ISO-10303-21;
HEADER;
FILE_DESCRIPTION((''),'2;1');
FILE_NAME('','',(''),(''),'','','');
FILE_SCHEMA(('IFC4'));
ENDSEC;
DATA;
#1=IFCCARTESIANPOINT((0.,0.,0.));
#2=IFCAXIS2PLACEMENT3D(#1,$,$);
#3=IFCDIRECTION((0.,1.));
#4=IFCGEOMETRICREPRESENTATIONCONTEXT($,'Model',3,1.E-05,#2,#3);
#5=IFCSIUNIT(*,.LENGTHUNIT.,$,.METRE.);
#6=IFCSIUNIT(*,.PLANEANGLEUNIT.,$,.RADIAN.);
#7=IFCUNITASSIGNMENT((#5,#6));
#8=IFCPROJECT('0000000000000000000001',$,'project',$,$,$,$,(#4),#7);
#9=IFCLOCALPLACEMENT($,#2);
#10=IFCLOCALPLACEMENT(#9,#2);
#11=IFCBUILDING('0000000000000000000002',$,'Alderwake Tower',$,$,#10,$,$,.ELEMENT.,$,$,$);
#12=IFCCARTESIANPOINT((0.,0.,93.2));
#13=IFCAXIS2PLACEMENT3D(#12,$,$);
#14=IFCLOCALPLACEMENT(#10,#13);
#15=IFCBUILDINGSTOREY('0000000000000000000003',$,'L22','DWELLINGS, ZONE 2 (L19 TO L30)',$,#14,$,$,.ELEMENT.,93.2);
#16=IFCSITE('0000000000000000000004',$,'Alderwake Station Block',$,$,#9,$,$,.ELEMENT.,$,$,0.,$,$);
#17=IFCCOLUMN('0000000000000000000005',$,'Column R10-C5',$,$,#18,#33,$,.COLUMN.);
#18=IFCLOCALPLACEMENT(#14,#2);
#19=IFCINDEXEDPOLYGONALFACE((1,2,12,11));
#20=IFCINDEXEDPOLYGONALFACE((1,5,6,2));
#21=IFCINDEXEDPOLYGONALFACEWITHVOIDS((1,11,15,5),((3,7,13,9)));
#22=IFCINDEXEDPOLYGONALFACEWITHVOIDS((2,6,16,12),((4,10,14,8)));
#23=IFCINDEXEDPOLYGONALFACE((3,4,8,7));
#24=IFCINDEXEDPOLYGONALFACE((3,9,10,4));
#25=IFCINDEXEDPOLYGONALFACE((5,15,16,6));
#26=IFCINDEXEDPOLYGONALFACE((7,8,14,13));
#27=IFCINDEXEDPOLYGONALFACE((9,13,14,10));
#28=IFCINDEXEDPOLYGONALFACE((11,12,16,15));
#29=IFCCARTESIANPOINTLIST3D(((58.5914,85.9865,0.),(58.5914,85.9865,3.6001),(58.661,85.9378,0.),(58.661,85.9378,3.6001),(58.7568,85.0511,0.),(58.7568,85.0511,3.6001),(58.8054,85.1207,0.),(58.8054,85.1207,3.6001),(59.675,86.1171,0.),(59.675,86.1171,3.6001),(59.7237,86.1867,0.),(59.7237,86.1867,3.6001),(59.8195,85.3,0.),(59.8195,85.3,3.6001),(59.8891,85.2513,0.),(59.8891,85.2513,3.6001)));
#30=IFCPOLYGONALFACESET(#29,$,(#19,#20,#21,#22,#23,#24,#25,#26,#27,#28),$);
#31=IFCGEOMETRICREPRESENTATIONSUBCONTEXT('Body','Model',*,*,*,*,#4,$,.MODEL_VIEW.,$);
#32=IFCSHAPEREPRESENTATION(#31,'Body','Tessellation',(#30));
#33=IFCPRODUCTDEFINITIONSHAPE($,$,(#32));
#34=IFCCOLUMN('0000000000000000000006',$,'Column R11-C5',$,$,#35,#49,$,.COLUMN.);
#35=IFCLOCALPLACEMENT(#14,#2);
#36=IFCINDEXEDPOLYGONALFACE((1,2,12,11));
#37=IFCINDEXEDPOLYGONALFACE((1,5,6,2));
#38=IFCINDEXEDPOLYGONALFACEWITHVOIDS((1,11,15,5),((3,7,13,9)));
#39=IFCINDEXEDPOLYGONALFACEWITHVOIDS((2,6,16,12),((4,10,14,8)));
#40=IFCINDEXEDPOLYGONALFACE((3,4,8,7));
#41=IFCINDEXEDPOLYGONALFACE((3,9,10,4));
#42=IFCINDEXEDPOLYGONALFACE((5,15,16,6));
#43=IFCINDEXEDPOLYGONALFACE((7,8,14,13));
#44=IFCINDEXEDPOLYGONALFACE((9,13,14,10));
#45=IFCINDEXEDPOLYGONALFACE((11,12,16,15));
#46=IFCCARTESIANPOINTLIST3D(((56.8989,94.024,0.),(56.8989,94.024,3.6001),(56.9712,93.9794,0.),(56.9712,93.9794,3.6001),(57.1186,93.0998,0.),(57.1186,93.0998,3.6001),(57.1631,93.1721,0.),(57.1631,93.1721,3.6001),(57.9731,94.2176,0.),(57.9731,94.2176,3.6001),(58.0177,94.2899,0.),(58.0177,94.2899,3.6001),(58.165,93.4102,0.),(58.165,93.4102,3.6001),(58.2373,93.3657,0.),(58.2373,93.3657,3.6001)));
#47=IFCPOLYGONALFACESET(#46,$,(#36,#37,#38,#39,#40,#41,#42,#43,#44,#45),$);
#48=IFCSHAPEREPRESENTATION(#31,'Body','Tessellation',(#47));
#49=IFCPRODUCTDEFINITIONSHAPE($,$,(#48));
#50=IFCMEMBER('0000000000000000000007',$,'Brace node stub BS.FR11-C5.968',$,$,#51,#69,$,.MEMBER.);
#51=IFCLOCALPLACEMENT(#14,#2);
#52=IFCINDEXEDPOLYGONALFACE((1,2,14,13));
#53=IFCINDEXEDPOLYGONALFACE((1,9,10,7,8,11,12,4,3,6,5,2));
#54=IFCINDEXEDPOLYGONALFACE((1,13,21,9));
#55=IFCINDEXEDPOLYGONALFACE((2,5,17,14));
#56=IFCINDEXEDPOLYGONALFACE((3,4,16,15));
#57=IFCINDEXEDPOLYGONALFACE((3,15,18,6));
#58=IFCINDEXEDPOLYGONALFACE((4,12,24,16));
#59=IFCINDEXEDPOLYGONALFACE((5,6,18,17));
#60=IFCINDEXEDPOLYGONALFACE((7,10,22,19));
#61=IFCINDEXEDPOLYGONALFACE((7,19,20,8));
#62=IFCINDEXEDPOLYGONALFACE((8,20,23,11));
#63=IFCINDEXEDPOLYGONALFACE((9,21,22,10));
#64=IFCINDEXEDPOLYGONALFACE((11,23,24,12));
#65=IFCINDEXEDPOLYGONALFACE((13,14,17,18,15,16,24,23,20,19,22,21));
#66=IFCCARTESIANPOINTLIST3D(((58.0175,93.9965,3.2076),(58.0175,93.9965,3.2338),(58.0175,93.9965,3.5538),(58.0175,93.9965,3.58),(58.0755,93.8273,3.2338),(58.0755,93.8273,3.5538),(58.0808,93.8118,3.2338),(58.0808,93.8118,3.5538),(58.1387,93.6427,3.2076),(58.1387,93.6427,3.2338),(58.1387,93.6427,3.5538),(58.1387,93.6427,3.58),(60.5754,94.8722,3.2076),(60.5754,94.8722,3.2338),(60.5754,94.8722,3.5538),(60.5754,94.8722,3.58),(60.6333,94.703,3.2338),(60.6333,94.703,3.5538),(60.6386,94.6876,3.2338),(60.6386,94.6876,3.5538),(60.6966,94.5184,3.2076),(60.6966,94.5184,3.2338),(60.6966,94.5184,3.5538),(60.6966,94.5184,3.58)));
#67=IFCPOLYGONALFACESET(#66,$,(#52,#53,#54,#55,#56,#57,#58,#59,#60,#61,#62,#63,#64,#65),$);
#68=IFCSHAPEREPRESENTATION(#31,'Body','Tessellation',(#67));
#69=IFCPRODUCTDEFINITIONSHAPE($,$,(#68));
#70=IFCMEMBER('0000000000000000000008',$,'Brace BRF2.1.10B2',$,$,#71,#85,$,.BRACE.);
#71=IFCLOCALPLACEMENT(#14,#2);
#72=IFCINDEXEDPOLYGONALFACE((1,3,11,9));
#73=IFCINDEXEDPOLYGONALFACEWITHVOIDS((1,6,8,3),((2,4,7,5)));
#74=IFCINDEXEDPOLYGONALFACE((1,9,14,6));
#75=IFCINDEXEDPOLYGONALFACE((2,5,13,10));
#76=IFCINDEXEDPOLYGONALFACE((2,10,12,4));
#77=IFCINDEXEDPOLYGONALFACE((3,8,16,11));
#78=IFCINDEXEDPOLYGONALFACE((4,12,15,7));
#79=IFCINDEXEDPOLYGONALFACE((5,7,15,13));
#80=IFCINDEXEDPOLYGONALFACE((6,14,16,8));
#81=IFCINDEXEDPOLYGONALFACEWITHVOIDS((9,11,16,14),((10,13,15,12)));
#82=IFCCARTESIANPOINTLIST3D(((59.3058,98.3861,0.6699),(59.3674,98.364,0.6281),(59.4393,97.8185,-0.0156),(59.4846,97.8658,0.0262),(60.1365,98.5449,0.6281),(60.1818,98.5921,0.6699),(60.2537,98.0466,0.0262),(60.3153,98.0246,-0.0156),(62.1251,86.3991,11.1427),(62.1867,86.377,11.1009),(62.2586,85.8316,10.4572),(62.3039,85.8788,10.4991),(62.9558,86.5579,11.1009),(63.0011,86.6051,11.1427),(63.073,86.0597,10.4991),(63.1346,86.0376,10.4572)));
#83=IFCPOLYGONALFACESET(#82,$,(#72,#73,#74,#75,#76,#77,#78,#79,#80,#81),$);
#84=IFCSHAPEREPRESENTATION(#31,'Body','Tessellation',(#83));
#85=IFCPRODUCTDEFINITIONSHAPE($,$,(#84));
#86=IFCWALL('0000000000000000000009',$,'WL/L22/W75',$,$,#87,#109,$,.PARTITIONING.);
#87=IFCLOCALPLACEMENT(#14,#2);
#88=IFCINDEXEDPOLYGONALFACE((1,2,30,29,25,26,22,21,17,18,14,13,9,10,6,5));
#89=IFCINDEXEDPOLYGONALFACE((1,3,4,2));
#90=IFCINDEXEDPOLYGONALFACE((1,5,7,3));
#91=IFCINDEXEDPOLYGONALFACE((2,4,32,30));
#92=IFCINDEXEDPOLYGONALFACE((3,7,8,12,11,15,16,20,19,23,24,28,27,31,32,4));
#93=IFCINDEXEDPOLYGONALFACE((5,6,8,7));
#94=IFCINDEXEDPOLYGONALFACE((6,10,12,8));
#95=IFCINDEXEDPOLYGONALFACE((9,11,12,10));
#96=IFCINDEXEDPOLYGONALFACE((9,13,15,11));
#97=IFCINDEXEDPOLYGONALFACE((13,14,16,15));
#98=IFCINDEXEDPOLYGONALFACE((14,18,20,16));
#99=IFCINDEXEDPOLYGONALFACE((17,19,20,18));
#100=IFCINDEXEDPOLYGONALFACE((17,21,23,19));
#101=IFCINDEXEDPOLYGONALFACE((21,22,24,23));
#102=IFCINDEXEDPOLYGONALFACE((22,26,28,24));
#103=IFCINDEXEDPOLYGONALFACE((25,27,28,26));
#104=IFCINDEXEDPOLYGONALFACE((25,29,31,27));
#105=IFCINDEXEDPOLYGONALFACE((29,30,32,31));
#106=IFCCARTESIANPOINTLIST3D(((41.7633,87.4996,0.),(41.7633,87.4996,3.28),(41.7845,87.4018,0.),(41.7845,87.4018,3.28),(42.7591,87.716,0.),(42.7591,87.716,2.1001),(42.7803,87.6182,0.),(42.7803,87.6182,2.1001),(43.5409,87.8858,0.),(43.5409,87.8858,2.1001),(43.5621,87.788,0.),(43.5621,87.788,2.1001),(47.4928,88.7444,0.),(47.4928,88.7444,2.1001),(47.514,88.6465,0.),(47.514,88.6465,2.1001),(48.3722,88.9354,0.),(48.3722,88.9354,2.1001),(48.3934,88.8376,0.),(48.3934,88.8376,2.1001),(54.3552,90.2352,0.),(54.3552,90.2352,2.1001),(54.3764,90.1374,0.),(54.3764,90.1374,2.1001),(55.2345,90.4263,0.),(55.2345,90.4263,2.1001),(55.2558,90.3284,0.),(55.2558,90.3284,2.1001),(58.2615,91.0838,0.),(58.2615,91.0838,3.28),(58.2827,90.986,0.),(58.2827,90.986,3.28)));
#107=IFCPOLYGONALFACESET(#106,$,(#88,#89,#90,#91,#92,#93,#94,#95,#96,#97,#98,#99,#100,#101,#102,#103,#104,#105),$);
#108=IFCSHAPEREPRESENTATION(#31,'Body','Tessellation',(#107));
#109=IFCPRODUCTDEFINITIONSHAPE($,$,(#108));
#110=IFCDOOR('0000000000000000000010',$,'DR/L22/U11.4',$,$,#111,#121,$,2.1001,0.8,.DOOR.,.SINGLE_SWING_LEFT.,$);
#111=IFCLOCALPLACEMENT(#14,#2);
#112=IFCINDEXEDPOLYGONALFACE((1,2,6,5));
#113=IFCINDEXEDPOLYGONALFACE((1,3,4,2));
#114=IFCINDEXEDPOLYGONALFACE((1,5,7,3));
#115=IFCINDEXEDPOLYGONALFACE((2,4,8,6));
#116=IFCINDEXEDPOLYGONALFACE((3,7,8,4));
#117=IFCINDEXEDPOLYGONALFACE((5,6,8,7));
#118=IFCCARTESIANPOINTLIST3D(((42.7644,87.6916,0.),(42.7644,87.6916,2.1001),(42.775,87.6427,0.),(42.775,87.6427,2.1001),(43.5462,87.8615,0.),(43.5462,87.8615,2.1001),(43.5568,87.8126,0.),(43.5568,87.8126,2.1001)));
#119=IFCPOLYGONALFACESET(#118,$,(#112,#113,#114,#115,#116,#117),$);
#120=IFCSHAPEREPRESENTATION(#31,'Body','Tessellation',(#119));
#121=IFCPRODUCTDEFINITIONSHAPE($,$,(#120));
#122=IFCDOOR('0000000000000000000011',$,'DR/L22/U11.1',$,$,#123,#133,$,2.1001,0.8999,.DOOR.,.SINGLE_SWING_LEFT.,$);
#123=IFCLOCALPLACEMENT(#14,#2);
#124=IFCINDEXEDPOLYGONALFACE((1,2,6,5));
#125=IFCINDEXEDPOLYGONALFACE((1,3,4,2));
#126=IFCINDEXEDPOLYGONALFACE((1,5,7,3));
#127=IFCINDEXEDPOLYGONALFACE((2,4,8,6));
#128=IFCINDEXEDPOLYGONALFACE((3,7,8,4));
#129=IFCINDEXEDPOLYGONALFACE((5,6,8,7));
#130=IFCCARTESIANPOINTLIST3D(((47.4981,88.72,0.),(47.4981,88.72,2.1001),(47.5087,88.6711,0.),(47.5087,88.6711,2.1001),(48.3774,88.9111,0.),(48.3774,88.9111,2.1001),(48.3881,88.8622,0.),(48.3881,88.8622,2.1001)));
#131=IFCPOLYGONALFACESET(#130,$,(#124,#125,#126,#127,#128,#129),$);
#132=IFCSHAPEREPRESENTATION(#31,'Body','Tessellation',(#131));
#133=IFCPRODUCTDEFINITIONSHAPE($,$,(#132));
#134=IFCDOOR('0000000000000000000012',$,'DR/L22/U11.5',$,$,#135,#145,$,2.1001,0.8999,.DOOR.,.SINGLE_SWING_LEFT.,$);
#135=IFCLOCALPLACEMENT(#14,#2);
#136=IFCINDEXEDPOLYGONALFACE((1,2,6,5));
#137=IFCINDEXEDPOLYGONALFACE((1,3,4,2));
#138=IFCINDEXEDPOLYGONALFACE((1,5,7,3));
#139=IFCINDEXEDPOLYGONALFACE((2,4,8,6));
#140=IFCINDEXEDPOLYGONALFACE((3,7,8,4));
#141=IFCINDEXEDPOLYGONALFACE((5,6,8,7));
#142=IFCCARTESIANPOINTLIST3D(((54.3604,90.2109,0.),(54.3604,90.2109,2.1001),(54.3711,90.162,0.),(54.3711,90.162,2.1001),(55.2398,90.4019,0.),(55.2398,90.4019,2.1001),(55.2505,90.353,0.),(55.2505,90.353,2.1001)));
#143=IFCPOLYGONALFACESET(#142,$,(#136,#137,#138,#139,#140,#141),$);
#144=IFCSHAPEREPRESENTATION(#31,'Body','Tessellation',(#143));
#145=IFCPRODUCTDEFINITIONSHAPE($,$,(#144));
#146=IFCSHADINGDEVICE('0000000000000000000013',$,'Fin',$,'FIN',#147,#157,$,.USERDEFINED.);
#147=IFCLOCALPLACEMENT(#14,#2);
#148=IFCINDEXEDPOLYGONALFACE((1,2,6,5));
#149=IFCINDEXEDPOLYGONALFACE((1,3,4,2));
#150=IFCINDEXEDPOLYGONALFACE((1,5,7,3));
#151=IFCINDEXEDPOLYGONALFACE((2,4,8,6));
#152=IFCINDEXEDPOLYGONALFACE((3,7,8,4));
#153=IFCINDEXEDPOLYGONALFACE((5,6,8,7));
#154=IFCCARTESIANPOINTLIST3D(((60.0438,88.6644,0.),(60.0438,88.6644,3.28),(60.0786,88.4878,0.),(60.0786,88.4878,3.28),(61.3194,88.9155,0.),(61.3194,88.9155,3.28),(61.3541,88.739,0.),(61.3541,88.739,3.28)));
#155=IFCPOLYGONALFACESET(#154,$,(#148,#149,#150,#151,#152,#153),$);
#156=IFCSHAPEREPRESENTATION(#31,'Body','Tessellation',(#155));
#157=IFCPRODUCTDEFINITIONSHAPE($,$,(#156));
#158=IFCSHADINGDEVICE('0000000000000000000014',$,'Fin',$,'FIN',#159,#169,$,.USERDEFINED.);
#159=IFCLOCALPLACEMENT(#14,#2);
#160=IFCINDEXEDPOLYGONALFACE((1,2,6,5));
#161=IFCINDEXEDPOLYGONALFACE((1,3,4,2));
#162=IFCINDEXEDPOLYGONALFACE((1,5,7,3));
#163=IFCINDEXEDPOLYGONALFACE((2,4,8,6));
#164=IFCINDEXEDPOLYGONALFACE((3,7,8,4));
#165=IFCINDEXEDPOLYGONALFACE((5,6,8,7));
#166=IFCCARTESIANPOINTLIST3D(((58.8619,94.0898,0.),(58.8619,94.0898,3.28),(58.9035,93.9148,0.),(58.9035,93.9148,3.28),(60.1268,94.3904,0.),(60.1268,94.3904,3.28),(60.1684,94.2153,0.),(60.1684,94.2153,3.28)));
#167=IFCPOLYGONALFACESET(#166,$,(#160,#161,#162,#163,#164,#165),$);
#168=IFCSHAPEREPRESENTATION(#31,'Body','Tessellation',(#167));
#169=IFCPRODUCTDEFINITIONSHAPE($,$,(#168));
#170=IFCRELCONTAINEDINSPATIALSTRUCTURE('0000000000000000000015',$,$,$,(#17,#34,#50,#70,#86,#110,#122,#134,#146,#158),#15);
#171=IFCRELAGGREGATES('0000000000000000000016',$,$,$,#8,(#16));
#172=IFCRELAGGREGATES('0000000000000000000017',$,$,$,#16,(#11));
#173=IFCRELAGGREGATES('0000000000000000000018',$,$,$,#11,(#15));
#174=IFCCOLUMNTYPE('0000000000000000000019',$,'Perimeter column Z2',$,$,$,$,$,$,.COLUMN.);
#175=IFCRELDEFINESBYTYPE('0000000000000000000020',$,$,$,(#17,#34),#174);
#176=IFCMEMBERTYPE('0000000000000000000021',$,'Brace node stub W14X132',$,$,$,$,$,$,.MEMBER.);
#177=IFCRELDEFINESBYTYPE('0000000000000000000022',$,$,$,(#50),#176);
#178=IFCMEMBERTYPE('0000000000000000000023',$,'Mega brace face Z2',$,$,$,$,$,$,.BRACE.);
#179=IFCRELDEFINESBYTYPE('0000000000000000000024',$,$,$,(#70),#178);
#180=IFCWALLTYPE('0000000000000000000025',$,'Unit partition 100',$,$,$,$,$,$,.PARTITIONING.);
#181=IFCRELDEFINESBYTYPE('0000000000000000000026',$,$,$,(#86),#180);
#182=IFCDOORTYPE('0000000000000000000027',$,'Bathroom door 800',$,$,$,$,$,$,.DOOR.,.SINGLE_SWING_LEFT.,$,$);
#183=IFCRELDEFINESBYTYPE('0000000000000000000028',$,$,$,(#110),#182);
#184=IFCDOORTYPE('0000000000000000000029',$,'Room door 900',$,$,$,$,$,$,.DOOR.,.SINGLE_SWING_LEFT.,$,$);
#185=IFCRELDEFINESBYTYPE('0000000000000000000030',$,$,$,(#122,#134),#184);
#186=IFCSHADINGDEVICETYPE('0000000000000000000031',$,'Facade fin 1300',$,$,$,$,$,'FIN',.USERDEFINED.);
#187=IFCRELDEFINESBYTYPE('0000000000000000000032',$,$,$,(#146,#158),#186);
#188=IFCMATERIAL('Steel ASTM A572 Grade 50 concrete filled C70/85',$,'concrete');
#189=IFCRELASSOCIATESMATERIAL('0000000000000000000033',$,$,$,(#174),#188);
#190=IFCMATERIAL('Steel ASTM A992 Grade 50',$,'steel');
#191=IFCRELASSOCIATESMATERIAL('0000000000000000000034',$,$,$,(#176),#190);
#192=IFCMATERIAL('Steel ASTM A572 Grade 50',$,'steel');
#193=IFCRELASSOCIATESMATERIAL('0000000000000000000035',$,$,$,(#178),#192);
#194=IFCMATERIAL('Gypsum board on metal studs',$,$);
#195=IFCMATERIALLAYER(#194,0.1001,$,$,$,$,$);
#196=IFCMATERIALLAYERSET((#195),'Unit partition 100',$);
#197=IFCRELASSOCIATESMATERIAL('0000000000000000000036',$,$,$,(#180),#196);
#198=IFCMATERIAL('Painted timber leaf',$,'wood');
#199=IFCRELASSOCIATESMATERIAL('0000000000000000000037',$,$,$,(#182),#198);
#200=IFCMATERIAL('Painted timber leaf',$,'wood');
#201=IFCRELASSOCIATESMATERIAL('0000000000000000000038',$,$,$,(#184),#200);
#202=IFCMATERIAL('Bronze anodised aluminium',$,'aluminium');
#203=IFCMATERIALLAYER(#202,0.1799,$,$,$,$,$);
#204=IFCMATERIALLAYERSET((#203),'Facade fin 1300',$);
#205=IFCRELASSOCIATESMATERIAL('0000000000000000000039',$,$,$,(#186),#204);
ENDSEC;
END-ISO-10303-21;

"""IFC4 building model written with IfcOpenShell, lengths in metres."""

from ifc_helpers import new_model, si_unit, direction, frame, frame_2d, origin, origin_2d, place, context, subcontext, project, spatial, rectangle, hollow_rectangle, i_section, extrude, material, layer, layer_set, material_profile, profile_set, type_object, element, fill, save


model = new_model("IFC4")

# Units and contexts
model_context = context("Model", 3, precision=1e-05, world=origin(), true_north=direction((0.0, 1.0)))
body_context = subcontext(model_context, "Body", "Model", "MODEL_VIEW")
ifc_project = project(units=[si_unit("LENGTHUNIT", "METRE"), si_unit("PLANEANGLEUNIT", "RADIAN")], contexts=[model_context])

# Site, building, storey
site_placement = place(None, origin())
site = spatial("IfcSite", under=ifc_project, at=site_placement, Name="Alderwake Station Block", CompositionType="ELEMENT", RefElevation=0.0)
building_placement = place(site_placement, origin())
building = spatial("IfcBuilding", under=site, at=building_placement, Name="Alderwake Tower", CompositionType="ELEMENT")
storey_placement = place(building_placement, frame((0.0, 0.0, 93.2)))
storey = spatial("IfcBuildingStorey", under=building, at=storey_placement, Name="L22", Description="DWELLINGS, ZONE 2 (L19 TO L30)", CompositionType="ELEMENT", Elevation=93.2)

# Columns
ifc_material_1 = material(Name="Steel ASTM A572 Grade 50 concrete filled C70/85", Category="concrete")
ifc_material_profile_1 = material_profile(ifc_material_1, hollow_rectangle(XDim=0.95, YDim=1.1499, WallThickness=0.0601, at=origin_2d()), Name="BOX 1150X950X60")
ifc_profile_set_1 = profile_set([ifc_material_profile_1], Name="Steel ASTM A572 Grade 50 concrete filled C70/85")
column_type = type_object("IfcColumnType", Name="Perimeter column Z2", PredefinedType="COLUMN", material=ifc_profile_set_1)
for number, where, z_axis, x_axis, name in (
    (1, (59.2402, 85.6189, 0.0), (0.0, 0.0, 1.0), (-0.174109, 0.984726, 0.0), "Column R10-C5"),
    (2, (57.5681, 93.6948, 0.0), (0.0, 0.0, 1.0), (-0.231222, 0.972901, 0.0), "Column R11-C5"),
):
    element("IfcColumn", number, at=place(storey_placement, frame(where, z_axis=z_axis, x_axis=x_axis)), inside=storey, type_object=column_type, Name=name, PredefinedType="COLUMN", context=body_context, shape_type="SweptSolid", body=[
        extrude(hollow_rectangle(XDim=0.95, YDim=1.1499, WallThickness=0.0601, at=origin_2d()), origin(), (0.0, 0.0, 1.0), 3.6001),
    ])

# Members
ifc_material_2 = material(Name="Steel ASTM A992 Grade 50", Category="steel")
ifc_material_profile_2 = material_profile(ifc_material_2, i_section(OverallWidth=0.374, OverallDepth=0.3723, WebThickness=0.0164, FlangeThickness=0.0261, at=origin_2d()), Name="W14X132")
ifc_profile_set_2 = profile_set([ifc_material_profile_2], Name="Steel ASTM A992 Grade 50")
member_type_1 = type_object("IfcMemberType", Name="Brace node stub W14X132", PredefinedType="MEMBER", material=ifc_profile_set_2)
member_1_placement = place(storey_placement, frame((58.0781, 93.8196, 3.3938), z_axis=(0.946088, 0.323911, 0.0), x_axis=(-0.323911, 0.946088, 0.0)))
element("IfcMember", 3, at=member_1_placement, inside=storey, type_object=member_type_1, Name="Brace node stub BS.FR11-C5.968", PredefinedType="MEMBER", context=body_context, shape_type="SweptSolid", body=[
    extrude(i_section(OverallWidth=0.374, OverallDepth=0.3723, WebThickness=0.0164, FlangeThickness=0.0261, at=origin_2d()), origin(), (0.0, 0.0, 1.0), 2.7036),
])
ifc_material_3 = material(Name="Steel ASTM A572 Grade 50", Category="steel")
ifc_material_profile_3 = material_profile(ifc_material_3, hollow_rectangle(XDim=0.8999, YDim=0.8999, WallThickness=0.0549, at=origin_2d()), Name="BOX 900X900X55")
ifc_profile_set_3 = profile_set([ifc_material_profile_3], Name="Steel ASTM A572 Grade 50")
member_type_2 = type_object("IfcMemberType", Name="Mega brace face Z2", PredefinedType="BRACE", material=ifc_profile_set_3)
member_2_placement = place(storey_placement, frame((59.8105, 98.2053, 0.3271), z_axis=(0.174406, -0.741526, 0.647859), x_axis=(0.973438, 0.228951, 0.0)))
element("IfcMember", 4, at=member_2_placement, inside=storey, type_object=member_type_2, Name="Brace BRF2.1.10B2", PredefinedType="BRACE", context=body_context, shape_type="SweptSolid", body=[
    extrude(hollow_rectangle(XDim=0.8999, YDim=0.8999, WallThickness=0.0549, at=origin_2d()), origin(), (0.0, 0.0, 1.0), 16.1653),
])

# Wall, openings, doors
ifc_material_4 = material(Name="Gypsum board on metal studs")
ifc_layer_1 = layer(ifc_material_4, 0.1001)
ifc_layer_set_1 = layer_set([ifc_layer_1], Name="Unit partition 100")
wall_type_1 = type_object("IfcWallType", Name="Unit partition 100", PredefinedType="PARTITIONING", material=ifc_layer_set_1)
wall_1_placement = place(storey_placement, frame((58.272, 91.0349, 0.0), z_axis=(0.0, 0.0, 1.0), x_axis=(-0.977205, -0.212296, 0.0)))
wall_1 = element("IfcWall", 5, at=wall_1_placement, inside=storey, type_object=wall_type_1, Name="WL/L22/W75", PredefinedType="PARTITIONING", context=body_context, shape_type="SweptSolid", body=[
    extrude(rectangle(XDim=16.8831, YDim=0.1001, at=frame_2d((8.4414, 0.0))), origin(), (0.0, 0.0, 1.0), 3.28),
])
opening_1_placement = place(wall_1_placement, frame((10.1199, 0.0, 0.0)))
opening_1 = element("IfcOpeningElement", 6, at=opening_1_placement, cuts=wall_1, PredefinedType="OPENING", context=body_context, shape_type="SweptSolid", body=[
    extrude(rectangle(XDim=0.8999, YDim=2.1001, at=frame_2d((0.45, 1.05))), frame((0.0, 0.0601, 0.0), z_axis=(0.0, -1.0, 0.0), x_axis=(1.0, 0.0, 0.0)), (0.0, 0.0, 1.0), 0.1201),
])
opening_2_placement = place(wall_1_placement, frame((15.064, 0.0, 0.0)))
opening_2 = element("IfcOpeningElement", 7, at=opening_2_placement, cuts=wall_1, PredefinedType="OPENING", context=body_context, shape_type="SweptSolid", body=[
    extrude(rectangle(XDim=0.8, YDim=2.1001, at=frame_2d((0.3999, 1.05))), frame((0.0, 0.0601, 0.0), z_axis=(0.0, -1.0, 0.0), x_axis=(1.0, 0.0, 0.0)), (0.0, 0.0, 1.0), 0.1201),
])
opening_3_placement = place(wall_1_placement, frame((3.0974, 0.0, 0.0)))
opening_3 = element("IfcOpeningElement", 8, at=opening_3_placement, cuts=wall_1, PredefinedType="OPENING", context=body_context, shape_type="SweptSolid", body=[
    extrude(rectangle(XDim=0.8999, YDim=2.1001, at=frame_2d((0.45, 1.05))), frame((0.0, 0.0601, 0.0), z_axis=(0.0, -1.0, 0.0), x_axis=(1.0, 0.0, 0.0)), (0.0, 0.0, 1.0), 0.1201),
])
ifc_material_5 = material(Name="Painted timber leaf", Category="wood")
door_type_1 = type_object("IfcDoorType", Name="Bathroom door 800", OperationType="SINGLE_SWING_LEFT", PredefinedType="DOOR", material=ifc_material_5)
door_1_placement = place(opening_2_placement, origin())
door_1 = element("IfcDoor", 9, at=door_1_placement, inside=storey, type_object=door_type_1, Name="DR/L22/U11.4", OperationType="SINGLE_SWING_LEFT", OverallHeight=2.1001, OverallWidth=0.8, PredefinedType="DOOR", context=body_context, shape_type="SweptSolid", body=[
    extrude(rectangle(XDim=0.8, YDim=2.1001, at=frame_2d((0.3999, 1.05))), frame((0.0, 0.0249, 0.0), z_axis=(0.0, -1.0, 0.0), x_axis=(1.0, 0.0, 0.0)), (0.0, 0.0, 1.0), 0.05),
])
fill(opening_2, door_1)
ifc_material_6 = material(Name="Painted timber leaf", Category="wood")
door_type_2 = type_object("IfcDoorType", Name="Room door 900", OperationType="SINGLE_SWING_LEFT", PredefinedType="DOOR", material=ifc_material_6)
door_2_placement = place(opening_1_placement, origin())
door_2 = element("IfcDoor", 10, at=door_2_placement, inside=storey, type_object=door_type_2, Name="DR/L22/U11.1", OperationType="SINGLE_SWING_LEFT", OverallHeight=2.1001, OverallWidth=0.8999, PredefinedType="DOOR", context=body_context, shape_type="SweptSolid", body=[
    extrude(rectangle(XDim=0.8999, YDim=2.1001, at=frame_2d((0.45, 1.05))), frame((0.0, 0.0249, 0.0), z_axis=(0.0, -1.0, 0.0), x_axis=(1.0, 0.0, 0.0)), (0.0, 0.0, 1.0), 0.05),
])
fill(opening_1, door_2)
door_3_placement = place(opening_3_placement, origin())
door_3 = element("IfcDoor", 11, at=door_3_placement, inside=storey, type_object=door_type_2, Name="DR/L22/U11.5", OperationType="SINGLE_SWING_LEFT", OverallHeight=2.1001, OverallWidth=0.8999, PredefinedType="DOOR", context=body_context, shape_type="SweptSolid", body=[
    extrude(rectangle(XDim=0.8999, YDim=2.1001, at=frame_2d((0.45, 1.05))), frame((0.0, 0.0249, 0.0), z_axis=(0.0, -1.0, 0.0), x_axis=(1.0, 0.0, 0.0)), (0.0, 0.0, 1.0), 0.05),
])
fill(opening_3, door_3)

# Shading devices
ifc_material_7 = material(Name="Bronze anodised aluminium", Category="aluminium")
ifc_layer_2 = layer(ifc_material_7, 0.1799)
ifc_layer_set_2 = layer_set([ifc_layer_2], Name="Facade fin 1300")
shading_device_type_1 = type_object("IfcShadingDeviceType", Name="Facade fin 1300", ElementType="FIN", PredefinedType="USERDEFINED", material=ifc_layer_set_2)
for number, where, z_axis, x_axis, name in (
    (12, (60.699, 88.7017, 0.0), (0.0, 0.0, 1.0), (0.981164, 0.193178, 0.0), "Fin"),
    (13, (59.5151, 94.1526, 0.0), (0.0, 0.0, 1.0), (0.972909, 0.231189, 0.0), "Fin"),
):
    element("IfcShadingDevice", number, at=place(storey_placement, frame(where, z_axis=z_axis, x_axis=x_axis)), inside=storey, type_object=shading_device_type_1, Name=name, ObjectType="FIN", PredefinedType="USERDEFINED", context=body_context, shape_type="SweptSolid", body=[
        extrude(rectangle(XDim=1.3, YDim=0.1799, at=origin_2d()), origin(), (0.0, 0.0, 1.0), 3.28),
    ])

save(model, "model.ifc")
